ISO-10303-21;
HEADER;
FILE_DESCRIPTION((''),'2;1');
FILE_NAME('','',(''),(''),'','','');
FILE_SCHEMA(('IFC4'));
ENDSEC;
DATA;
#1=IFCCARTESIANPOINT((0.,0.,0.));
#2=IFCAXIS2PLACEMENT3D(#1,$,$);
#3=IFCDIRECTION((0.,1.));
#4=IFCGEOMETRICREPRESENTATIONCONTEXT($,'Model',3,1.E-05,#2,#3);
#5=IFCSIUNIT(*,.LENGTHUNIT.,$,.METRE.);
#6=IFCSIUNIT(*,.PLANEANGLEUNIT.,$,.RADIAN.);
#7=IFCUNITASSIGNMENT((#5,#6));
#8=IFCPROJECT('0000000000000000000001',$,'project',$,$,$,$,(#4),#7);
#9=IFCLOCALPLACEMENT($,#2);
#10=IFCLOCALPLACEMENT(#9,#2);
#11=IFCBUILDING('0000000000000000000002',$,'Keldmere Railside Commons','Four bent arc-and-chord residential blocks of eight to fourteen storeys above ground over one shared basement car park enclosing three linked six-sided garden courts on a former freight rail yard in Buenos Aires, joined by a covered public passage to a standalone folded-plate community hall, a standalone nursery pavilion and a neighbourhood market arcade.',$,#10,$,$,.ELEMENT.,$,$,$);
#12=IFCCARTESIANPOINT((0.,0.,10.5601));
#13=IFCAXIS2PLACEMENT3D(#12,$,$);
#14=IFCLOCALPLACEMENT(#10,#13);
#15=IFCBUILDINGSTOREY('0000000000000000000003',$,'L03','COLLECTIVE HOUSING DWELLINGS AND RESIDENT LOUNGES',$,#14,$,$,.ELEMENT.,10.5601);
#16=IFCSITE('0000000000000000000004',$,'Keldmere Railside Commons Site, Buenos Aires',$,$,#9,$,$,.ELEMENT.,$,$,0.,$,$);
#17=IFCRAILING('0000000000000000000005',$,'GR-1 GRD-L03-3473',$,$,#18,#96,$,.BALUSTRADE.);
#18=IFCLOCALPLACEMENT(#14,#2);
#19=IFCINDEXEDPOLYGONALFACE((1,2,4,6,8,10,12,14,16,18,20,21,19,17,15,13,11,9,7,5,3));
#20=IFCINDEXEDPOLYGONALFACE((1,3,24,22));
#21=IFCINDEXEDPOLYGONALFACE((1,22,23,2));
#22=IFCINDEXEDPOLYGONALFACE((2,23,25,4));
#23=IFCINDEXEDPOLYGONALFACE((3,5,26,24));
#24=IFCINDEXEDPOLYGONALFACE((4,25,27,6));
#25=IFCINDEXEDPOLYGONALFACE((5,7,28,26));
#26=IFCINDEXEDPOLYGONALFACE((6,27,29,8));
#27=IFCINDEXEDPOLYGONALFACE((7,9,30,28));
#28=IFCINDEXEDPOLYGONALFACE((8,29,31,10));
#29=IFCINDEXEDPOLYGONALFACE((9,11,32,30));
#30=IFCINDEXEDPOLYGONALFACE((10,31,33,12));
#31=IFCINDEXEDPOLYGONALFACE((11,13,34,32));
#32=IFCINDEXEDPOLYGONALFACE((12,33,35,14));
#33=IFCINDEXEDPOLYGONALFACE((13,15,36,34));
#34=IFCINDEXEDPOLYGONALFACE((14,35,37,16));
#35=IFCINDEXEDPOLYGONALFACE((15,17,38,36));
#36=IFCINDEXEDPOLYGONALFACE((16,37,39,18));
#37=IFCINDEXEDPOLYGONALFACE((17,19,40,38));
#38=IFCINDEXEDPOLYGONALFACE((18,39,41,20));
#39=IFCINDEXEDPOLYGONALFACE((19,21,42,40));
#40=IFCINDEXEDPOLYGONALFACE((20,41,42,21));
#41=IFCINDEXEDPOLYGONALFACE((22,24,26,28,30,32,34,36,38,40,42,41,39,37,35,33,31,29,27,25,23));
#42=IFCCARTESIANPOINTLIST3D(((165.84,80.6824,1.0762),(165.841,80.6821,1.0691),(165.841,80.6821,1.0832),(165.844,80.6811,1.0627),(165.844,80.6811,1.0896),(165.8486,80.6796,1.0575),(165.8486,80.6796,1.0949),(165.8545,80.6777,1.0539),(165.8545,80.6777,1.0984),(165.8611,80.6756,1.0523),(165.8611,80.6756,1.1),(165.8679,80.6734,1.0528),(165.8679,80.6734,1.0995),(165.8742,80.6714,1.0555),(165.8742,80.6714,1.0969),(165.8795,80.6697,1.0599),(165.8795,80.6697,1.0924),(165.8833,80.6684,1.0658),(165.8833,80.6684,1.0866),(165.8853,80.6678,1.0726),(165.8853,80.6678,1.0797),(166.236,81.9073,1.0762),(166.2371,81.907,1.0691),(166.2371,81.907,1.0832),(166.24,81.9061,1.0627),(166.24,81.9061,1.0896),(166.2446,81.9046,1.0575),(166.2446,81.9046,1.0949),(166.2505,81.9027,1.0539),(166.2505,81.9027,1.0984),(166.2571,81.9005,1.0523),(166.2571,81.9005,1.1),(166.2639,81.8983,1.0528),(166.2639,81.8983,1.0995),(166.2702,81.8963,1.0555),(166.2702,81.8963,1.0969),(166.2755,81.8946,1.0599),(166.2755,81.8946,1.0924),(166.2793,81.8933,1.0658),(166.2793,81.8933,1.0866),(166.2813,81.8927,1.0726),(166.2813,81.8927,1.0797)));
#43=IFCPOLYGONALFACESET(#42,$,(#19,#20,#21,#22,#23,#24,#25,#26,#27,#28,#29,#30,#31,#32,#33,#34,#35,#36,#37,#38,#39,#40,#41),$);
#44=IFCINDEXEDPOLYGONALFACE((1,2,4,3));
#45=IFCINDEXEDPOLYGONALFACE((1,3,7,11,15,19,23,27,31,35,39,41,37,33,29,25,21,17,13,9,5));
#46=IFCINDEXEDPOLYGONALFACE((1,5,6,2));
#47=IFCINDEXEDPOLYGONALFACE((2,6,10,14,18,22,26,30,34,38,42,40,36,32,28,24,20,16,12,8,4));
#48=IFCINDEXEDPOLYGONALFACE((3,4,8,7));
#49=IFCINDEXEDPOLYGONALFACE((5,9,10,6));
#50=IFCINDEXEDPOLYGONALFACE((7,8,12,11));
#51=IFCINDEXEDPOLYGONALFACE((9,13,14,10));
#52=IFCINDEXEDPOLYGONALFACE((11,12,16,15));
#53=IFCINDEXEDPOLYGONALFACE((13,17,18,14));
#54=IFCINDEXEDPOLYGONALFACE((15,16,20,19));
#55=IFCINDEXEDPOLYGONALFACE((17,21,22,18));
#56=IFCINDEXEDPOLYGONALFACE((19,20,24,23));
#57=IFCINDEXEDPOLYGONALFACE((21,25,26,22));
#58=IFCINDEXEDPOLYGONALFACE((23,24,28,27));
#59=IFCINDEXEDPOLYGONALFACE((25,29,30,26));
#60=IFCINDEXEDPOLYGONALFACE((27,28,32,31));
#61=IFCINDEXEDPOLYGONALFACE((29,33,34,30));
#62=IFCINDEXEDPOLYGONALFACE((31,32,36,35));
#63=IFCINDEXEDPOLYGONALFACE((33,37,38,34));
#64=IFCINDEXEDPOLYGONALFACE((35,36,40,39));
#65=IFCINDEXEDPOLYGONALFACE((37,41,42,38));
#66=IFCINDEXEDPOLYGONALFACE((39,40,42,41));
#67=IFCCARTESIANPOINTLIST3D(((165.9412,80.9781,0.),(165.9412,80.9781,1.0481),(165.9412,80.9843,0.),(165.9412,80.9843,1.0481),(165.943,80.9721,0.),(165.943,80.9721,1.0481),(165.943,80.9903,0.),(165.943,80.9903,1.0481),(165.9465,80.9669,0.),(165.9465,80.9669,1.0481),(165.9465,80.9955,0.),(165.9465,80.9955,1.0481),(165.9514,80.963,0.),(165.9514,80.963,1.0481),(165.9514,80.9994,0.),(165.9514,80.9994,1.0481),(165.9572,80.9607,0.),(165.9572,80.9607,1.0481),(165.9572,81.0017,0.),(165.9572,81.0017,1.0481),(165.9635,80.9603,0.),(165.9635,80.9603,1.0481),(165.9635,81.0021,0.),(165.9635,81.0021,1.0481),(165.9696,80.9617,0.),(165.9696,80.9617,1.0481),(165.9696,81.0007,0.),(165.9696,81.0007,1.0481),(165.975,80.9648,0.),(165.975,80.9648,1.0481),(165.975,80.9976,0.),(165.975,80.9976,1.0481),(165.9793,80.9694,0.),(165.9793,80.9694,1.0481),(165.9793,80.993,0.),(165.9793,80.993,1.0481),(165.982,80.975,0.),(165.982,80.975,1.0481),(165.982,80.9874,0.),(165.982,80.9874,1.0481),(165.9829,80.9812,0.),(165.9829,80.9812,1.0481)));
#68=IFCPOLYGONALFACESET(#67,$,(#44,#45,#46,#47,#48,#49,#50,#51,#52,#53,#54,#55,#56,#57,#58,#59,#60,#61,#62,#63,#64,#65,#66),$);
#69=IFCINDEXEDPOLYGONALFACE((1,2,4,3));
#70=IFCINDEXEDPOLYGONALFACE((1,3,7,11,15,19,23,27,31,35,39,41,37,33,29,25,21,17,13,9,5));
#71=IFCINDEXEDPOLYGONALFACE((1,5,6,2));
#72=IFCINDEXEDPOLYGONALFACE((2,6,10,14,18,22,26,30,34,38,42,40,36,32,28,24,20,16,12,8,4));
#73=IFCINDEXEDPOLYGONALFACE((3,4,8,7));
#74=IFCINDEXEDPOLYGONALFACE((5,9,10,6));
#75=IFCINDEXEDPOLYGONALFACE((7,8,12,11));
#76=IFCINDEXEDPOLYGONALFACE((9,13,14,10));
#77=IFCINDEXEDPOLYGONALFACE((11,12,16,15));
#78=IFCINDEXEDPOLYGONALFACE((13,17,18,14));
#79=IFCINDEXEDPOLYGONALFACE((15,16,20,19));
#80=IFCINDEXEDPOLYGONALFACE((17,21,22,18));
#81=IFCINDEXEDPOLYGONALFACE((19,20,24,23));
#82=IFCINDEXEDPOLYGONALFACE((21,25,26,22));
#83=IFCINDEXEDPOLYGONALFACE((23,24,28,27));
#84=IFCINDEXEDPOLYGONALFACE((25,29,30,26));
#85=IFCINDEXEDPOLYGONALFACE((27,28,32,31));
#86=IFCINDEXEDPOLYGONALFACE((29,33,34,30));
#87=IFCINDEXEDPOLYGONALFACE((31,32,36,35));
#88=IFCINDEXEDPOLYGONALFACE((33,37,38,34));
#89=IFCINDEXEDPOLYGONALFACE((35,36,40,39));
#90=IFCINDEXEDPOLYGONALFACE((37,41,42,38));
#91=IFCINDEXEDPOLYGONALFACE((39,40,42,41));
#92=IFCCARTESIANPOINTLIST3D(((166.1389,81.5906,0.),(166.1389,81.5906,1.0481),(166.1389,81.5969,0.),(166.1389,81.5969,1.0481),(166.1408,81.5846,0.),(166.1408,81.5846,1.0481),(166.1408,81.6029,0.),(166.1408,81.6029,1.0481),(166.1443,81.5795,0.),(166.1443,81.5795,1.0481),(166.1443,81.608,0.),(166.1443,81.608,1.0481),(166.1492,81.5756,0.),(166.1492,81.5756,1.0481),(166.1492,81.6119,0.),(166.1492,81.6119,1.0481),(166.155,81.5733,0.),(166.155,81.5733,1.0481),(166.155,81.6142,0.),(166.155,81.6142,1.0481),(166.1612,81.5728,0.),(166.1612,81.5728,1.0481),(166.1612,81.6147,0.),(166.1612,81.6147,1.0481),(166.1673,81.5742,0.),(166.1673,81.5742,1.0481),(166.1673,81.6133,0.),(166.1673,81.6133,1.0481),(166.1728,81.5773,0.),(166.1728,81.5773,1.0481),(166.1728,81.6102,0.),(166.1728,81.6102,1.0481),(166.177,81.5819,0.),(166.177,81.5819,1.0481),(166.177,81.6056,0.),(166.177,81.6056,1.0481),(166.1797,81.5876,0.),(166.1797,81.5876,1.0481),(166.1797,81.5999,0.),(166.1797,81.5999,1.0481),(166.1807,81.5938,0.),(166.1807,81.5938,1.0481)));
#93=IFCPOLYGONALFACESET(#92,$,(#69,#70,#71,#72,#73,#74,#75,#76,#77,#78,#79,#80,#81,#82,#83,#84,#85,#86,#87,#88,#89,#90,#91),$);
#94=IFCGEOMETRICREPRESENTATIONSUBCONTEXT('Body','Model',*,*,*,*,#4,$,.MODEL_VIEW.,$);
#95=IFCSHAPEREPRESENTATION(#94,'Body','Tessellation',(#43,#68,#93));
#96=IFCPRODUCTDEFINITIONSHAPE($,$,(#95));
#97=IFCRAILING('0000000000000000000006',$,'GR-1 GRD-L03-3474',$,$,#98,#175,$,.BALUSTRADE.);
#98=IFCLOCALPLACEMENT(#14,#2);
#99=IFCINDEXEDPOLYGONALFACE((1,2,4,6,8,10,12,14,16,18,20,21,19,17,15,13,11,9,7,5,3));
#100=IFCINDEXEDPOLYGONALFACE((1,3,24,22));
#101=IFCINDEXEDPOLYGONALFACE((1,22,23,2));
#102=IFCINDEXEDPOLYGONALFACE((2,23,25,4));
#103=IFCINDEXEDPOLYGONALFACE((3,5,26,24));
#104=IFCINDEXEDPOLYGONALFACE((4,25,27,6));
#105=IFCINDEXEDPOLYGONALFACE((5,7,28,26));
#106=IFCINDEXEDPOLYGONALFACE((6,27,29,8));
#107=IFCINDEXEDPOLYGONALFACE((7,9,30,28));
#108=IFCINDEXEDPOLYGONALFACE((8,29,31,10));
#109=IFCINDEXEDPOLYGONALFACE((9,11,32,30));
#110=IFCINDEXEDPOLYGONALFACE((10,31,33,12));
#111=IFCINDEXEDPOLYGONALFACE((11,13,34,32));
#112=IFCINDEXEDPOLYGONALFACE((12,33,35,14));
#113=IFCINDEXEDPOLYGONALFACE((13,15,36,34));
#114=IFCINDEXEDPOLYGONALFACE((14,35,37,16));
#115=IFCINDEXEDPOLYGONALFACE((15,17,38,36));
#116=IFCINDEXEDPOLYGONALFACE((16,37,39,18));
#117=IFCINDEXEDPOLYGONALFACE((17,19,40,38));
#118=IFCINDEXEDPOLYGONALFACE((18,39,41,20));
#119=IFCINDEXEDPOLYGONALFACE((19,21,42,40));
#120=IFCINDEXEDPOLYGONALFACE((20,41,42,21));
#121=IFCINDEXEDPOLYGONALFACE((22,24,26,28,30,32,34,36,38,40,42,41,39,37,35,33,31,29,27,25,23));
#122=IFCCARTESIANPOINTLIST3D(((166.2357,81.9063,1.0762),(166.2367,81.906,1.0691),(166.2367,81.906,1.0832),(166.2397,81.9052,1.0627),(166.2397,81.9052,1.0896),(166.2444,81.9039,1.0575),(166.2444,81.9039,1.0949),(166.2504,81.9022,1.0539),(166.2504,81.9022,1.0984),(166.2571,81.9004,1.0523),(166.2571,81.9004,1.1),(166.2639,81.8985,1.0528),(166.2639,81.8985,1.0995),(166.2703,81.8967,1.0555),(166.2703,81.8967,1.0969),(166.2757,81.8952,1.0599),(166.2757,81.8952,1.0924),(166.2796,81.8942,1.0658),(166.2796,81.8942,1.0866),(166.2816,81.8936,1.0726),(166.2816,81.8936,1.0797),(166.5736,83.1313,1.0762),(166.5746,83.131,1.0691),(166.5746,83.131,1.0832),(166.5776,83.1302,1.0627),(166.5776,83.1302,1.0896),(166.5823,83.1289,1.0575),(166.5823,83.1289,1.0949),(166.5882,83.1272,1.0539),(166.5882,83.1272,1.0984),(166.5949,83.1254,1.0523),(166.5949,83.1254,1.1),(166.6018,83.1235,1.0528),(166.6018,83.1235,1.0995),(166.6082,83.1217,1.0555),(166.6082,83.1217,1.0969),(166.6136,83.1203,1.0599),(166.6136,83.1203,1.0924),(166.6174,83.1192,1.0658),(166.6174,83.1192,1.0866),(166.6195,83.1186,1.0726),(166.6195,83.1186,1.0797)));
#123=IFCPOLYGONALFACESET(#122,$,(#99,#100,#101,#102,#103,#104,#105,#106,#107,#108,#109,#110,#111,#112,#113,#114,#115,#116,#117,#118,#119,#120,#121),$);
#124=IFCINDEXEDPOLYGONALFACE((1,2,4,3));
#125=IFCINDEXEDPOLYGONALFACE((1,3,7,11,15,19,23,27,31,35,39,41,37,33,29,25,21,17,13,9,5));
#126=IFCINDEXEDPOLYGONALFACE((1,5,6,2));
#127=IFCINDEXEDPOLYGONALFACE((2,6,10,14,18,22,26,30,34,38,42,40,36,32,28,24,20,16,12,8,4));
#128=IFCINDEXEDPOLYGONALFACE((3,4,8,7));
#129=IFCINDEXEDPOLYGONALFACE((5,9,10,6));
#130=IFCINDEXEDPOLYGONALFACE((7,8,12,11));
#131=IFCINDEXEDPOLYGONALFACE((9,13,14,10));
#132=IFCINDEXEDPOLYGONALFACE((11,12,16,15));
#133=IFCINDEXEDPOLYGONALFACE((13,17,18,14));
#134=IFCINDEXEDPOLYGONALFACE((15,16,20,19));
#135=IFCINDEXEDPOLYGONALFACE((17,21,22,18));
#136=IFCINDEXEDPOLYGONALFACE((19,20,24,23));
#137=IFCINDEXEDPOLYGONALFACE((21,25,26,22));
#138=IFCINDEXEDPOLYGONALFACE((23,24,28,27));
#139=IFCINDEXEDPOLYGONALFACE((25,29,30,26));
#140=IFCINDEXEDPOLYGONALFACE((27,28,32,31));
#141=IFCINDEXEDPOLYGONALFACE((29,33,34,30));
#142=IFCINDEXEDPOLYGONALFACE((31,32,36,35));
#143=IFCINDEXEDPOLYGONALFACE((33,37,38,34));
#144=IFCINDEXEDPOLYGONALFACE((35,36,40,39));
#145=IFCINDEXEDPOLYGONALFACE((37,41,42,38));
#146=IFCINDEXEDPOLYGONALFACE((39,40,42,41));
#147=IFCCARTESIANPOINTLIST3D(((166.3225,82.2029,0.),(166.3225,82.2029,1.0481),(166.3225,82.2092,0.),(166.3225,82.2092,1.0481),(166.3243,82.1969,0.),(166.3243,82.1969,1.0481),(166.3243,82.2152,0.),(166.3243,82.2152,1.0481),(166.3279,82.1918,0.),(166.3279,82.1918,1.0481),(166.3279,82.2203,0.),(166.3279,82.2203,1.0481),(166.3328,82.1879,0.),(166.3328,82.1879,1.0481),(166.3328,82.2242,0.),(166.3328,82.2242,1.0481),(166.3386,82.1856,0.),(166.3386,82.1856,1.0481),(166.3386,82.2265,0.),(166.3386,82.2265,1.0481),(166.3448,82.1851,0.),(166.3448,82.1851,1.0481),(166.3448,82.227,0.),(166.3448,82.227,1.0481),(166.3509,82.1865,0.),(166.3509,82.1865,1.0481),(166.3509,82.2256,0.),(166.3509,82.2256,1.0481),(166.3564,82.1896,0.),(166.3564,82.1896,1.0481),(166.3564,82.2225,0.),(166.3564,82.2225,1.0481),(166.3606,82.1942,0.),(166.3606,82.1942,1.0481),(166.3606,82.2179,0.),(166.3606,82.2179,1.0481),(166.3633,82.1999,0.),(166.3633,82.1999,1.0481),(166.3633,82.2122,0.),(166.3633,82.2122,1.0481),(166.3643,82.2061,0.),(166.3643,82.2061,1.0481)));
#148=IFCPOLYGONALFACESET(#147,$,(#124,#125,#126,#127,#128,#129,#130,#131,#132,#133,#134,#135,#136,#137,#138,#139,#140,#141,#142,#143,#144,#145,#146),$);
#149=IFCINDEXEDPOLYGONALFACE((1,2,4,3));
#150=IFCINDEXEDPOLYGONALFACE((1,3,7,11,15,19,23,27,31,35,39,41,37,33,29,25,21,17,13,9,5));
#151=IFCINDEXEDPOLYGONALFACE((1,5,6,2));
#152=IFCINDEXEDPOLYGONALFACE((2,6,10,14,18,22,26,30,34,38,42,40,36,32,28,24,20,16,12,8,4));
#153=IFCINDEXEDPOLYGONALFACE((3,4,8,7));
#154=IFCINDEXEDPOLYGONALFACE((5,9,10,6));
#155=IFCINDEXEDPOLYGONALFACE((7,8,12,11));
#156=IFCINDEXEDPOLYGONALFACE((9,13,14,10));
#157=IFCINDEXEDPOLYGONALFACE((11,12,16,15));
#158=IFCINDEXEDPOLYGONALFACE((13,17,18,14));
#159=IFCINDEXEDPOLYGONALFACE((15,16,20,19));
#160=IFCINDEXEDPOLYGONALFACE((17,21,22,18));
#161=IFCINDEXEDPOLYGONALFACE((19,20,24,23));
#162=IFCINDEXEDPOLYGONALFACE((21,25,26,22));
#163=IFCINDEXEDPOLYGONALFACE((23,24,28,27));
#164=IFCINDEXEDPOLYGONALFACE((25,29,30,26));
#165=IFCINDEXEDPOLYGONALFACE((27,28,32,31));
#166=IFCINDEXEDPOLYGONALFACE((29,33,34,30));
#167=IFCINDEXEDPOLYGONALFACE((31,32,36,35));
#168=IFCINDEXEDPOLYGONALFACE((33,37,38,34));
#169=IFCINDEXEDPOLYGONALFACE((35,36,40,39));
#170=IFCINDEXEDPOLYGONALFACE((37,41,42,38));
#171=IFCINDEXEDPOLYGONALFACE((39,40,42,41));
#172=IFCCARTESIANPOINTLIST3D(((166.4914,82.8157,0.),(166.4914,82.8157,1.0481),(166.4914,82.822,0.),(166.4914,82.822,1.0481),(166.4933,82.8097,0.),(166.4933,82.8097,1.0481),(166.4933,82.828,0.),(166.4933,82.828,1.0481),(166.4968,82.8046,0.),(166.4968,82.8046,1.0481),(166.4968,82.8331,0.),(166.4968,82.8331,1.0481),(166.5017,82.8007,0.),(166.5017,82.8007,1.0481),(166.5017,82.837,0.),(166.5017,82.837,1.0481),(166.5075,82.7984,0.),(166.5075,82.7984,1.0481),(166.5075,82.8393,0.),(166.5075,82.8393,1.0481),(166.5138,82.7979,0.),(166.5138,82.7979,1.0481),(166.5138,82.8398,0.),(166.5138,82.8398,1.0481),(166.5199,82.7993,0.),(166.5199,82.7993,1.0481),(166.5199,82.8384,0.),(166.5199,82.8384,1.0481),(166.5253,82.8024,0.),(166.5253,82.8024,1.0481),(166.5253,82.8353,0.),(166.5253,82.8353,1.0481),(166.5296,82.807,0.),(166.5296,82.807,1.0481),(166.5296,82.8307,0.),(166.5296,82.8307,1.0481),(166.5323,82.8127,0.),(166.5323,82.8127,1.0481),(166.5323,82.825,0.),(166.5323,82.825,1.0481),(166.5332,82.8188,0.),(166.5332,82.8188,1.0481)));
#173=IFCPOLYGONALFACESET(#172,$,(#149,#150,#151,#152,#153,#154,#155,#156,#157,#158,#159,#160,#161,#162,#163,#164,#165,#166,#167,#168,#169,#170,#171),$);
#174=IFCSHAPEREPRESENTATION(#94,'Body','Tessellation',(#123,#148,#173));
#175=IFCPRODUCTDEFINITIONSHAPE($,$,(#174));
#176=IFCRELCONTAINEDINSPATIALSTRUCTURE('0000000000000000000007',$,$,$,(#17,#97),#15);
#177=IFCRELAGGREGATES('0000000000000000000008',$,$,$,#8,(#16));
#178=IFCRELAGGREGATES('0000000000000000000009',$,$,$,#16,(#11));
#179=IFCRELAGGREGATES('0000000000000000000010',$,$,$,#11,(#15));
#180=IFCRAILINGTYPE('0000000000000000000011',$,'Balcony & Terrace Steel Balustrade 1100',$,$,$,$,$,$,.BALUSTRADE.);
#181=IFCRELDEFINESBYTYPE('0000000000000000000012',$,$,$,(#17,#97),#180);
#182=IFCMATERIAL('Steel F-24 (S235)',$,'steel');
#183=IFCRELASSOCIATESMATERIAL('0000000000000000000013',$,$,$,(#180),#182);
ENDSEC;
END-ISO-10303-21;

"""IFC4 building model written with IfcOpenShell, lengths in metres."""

from ifc_helpers import new_model, si_unit, direction, frame, origin, origin_2d, place, context, subcontext, project, spatial, circle, extrude, material, type_object, element, save


model = new_model("IFC4")

# Units and contexts
model_context = context("Model", 3, precision=1e-05, world=origin(), true_north=direction((0.0, 1.0)))
body_context = subcontext(model_context, "Body", "Model", "MODEL_VIEW")
ifc_project = project(units=[si_unit("LENGTHUNIT", "METRE"), si_unit("PLANEANGLEUNIT", "RADIAN")], contexts=[model_context])

# Site, building, storey
site_placement = place(None, origin())
site = spatial("IfcSite", under=ifc_project, at=site_placement, Name="Keldmere Railside Commons Site, Buenos Aires", CompositionType="ELEMENT", RefElevation=0.0)
building_placement = place(site_placement, origin())
building = spatial("IfcBuilding", under=site, at=building_placement, Name="Keldmere Railside Commons", Description="Four bent arc-and-chord residential blocks of eight to fourteen storeys above ground over one shared basement car park enclosing three linked six-sided garden courts on a former freight rail yard in Buenos Aires, joined by a covered public passage to a standalone folded-plate community hall, a standalone nursery pavilion and a neighbourhood market arcade.", CompositionType="ELEMENT")
storey_placement = place(building_placement, frame((0.0, 0.0, 10.5601)))
storey = spatial("IfcBuildingStorey", under=building, at=storey_placement, Name="L03", Description="COLLECTIVE HOUSING DWELLINGS AND RESIDENT LOUNGES", CompositionType="ELEMENT", Elevation=10.5601)

# Railings
ifc_material_1 = material(Name="Steel F-24 (S235)", Category="steel")
railing_type = type_object("IfcRailingType", Name="Balcony & Terrace Steel Balustrade 1100", PredefinedType="BALUSTRADE", material=ifc_material_1)
railing_1_placement = place(storey_placement, frame((165.8628, 80.675, 0.0)))
element("IfcRailing", 1, at=railing_1_placement, inside=storey, type_object=railing_type, Name="GR-1 GRD-L03-3473", PredefinedType="BALUSTRADE", context=body_context, shape_type="SweptSolid", body=[
    extrude(circle(Radius=0.0239, at=origin_2d()), frame((0.0, 0.0, 1.0762), z_axis=(0.307623, 0.951508, 0.0), x_axis=(-0.951508, 0.307623, 0.0)), (0.0, 0.0, 1.0), 1.2874),
    extrude(circle(Radius=0.021, at=origin_2d()), frame((0.0991, 0.3062, 0.0)), (0.0, 0.0, 1.0), 1.0481),
    extrude(circle(Radius=0.021, at=origin_2d()), frame((0.2969, 0.9187, 0.0)), (0.0, 0.0, 1.0), 1.0481),
])
railing_2_placement = place(storey_placement, frame((166.2588, 81.8999, 0.0)))
element("IfcRailing", 2, at=railing_2_placement, inside=storey, type_object=railing_type, Name="GR-1 GRD-L03-3474", PredefinedType="BALUSTRADE", context=body_context, shape_type="SweptSolid", body=[
    extrude(circle(Radius=0.0239, at=origin_2d()), frame((0.0, 0.0, 1.0762), z_axis=(0.26588, 0.964006, 0.0), x_axis=(-0.964006, 0.26588, 0.0)), (0.0, 0.0, 1.0), 1.2708),
    extrude(circle(Radius=0.021, at=origin_2d()), frame((0.0845, 0.3062, 0.0)), (0.0, 0.0, 1.0), 1.0481),
    extrude(circle(Radius=0.021, at=origin_2d()), frame((0.2534, 0.9189, 0.0)), (0.0, 0.0, 1.0), 1.0481),
])

save(model, "model.ifc")
